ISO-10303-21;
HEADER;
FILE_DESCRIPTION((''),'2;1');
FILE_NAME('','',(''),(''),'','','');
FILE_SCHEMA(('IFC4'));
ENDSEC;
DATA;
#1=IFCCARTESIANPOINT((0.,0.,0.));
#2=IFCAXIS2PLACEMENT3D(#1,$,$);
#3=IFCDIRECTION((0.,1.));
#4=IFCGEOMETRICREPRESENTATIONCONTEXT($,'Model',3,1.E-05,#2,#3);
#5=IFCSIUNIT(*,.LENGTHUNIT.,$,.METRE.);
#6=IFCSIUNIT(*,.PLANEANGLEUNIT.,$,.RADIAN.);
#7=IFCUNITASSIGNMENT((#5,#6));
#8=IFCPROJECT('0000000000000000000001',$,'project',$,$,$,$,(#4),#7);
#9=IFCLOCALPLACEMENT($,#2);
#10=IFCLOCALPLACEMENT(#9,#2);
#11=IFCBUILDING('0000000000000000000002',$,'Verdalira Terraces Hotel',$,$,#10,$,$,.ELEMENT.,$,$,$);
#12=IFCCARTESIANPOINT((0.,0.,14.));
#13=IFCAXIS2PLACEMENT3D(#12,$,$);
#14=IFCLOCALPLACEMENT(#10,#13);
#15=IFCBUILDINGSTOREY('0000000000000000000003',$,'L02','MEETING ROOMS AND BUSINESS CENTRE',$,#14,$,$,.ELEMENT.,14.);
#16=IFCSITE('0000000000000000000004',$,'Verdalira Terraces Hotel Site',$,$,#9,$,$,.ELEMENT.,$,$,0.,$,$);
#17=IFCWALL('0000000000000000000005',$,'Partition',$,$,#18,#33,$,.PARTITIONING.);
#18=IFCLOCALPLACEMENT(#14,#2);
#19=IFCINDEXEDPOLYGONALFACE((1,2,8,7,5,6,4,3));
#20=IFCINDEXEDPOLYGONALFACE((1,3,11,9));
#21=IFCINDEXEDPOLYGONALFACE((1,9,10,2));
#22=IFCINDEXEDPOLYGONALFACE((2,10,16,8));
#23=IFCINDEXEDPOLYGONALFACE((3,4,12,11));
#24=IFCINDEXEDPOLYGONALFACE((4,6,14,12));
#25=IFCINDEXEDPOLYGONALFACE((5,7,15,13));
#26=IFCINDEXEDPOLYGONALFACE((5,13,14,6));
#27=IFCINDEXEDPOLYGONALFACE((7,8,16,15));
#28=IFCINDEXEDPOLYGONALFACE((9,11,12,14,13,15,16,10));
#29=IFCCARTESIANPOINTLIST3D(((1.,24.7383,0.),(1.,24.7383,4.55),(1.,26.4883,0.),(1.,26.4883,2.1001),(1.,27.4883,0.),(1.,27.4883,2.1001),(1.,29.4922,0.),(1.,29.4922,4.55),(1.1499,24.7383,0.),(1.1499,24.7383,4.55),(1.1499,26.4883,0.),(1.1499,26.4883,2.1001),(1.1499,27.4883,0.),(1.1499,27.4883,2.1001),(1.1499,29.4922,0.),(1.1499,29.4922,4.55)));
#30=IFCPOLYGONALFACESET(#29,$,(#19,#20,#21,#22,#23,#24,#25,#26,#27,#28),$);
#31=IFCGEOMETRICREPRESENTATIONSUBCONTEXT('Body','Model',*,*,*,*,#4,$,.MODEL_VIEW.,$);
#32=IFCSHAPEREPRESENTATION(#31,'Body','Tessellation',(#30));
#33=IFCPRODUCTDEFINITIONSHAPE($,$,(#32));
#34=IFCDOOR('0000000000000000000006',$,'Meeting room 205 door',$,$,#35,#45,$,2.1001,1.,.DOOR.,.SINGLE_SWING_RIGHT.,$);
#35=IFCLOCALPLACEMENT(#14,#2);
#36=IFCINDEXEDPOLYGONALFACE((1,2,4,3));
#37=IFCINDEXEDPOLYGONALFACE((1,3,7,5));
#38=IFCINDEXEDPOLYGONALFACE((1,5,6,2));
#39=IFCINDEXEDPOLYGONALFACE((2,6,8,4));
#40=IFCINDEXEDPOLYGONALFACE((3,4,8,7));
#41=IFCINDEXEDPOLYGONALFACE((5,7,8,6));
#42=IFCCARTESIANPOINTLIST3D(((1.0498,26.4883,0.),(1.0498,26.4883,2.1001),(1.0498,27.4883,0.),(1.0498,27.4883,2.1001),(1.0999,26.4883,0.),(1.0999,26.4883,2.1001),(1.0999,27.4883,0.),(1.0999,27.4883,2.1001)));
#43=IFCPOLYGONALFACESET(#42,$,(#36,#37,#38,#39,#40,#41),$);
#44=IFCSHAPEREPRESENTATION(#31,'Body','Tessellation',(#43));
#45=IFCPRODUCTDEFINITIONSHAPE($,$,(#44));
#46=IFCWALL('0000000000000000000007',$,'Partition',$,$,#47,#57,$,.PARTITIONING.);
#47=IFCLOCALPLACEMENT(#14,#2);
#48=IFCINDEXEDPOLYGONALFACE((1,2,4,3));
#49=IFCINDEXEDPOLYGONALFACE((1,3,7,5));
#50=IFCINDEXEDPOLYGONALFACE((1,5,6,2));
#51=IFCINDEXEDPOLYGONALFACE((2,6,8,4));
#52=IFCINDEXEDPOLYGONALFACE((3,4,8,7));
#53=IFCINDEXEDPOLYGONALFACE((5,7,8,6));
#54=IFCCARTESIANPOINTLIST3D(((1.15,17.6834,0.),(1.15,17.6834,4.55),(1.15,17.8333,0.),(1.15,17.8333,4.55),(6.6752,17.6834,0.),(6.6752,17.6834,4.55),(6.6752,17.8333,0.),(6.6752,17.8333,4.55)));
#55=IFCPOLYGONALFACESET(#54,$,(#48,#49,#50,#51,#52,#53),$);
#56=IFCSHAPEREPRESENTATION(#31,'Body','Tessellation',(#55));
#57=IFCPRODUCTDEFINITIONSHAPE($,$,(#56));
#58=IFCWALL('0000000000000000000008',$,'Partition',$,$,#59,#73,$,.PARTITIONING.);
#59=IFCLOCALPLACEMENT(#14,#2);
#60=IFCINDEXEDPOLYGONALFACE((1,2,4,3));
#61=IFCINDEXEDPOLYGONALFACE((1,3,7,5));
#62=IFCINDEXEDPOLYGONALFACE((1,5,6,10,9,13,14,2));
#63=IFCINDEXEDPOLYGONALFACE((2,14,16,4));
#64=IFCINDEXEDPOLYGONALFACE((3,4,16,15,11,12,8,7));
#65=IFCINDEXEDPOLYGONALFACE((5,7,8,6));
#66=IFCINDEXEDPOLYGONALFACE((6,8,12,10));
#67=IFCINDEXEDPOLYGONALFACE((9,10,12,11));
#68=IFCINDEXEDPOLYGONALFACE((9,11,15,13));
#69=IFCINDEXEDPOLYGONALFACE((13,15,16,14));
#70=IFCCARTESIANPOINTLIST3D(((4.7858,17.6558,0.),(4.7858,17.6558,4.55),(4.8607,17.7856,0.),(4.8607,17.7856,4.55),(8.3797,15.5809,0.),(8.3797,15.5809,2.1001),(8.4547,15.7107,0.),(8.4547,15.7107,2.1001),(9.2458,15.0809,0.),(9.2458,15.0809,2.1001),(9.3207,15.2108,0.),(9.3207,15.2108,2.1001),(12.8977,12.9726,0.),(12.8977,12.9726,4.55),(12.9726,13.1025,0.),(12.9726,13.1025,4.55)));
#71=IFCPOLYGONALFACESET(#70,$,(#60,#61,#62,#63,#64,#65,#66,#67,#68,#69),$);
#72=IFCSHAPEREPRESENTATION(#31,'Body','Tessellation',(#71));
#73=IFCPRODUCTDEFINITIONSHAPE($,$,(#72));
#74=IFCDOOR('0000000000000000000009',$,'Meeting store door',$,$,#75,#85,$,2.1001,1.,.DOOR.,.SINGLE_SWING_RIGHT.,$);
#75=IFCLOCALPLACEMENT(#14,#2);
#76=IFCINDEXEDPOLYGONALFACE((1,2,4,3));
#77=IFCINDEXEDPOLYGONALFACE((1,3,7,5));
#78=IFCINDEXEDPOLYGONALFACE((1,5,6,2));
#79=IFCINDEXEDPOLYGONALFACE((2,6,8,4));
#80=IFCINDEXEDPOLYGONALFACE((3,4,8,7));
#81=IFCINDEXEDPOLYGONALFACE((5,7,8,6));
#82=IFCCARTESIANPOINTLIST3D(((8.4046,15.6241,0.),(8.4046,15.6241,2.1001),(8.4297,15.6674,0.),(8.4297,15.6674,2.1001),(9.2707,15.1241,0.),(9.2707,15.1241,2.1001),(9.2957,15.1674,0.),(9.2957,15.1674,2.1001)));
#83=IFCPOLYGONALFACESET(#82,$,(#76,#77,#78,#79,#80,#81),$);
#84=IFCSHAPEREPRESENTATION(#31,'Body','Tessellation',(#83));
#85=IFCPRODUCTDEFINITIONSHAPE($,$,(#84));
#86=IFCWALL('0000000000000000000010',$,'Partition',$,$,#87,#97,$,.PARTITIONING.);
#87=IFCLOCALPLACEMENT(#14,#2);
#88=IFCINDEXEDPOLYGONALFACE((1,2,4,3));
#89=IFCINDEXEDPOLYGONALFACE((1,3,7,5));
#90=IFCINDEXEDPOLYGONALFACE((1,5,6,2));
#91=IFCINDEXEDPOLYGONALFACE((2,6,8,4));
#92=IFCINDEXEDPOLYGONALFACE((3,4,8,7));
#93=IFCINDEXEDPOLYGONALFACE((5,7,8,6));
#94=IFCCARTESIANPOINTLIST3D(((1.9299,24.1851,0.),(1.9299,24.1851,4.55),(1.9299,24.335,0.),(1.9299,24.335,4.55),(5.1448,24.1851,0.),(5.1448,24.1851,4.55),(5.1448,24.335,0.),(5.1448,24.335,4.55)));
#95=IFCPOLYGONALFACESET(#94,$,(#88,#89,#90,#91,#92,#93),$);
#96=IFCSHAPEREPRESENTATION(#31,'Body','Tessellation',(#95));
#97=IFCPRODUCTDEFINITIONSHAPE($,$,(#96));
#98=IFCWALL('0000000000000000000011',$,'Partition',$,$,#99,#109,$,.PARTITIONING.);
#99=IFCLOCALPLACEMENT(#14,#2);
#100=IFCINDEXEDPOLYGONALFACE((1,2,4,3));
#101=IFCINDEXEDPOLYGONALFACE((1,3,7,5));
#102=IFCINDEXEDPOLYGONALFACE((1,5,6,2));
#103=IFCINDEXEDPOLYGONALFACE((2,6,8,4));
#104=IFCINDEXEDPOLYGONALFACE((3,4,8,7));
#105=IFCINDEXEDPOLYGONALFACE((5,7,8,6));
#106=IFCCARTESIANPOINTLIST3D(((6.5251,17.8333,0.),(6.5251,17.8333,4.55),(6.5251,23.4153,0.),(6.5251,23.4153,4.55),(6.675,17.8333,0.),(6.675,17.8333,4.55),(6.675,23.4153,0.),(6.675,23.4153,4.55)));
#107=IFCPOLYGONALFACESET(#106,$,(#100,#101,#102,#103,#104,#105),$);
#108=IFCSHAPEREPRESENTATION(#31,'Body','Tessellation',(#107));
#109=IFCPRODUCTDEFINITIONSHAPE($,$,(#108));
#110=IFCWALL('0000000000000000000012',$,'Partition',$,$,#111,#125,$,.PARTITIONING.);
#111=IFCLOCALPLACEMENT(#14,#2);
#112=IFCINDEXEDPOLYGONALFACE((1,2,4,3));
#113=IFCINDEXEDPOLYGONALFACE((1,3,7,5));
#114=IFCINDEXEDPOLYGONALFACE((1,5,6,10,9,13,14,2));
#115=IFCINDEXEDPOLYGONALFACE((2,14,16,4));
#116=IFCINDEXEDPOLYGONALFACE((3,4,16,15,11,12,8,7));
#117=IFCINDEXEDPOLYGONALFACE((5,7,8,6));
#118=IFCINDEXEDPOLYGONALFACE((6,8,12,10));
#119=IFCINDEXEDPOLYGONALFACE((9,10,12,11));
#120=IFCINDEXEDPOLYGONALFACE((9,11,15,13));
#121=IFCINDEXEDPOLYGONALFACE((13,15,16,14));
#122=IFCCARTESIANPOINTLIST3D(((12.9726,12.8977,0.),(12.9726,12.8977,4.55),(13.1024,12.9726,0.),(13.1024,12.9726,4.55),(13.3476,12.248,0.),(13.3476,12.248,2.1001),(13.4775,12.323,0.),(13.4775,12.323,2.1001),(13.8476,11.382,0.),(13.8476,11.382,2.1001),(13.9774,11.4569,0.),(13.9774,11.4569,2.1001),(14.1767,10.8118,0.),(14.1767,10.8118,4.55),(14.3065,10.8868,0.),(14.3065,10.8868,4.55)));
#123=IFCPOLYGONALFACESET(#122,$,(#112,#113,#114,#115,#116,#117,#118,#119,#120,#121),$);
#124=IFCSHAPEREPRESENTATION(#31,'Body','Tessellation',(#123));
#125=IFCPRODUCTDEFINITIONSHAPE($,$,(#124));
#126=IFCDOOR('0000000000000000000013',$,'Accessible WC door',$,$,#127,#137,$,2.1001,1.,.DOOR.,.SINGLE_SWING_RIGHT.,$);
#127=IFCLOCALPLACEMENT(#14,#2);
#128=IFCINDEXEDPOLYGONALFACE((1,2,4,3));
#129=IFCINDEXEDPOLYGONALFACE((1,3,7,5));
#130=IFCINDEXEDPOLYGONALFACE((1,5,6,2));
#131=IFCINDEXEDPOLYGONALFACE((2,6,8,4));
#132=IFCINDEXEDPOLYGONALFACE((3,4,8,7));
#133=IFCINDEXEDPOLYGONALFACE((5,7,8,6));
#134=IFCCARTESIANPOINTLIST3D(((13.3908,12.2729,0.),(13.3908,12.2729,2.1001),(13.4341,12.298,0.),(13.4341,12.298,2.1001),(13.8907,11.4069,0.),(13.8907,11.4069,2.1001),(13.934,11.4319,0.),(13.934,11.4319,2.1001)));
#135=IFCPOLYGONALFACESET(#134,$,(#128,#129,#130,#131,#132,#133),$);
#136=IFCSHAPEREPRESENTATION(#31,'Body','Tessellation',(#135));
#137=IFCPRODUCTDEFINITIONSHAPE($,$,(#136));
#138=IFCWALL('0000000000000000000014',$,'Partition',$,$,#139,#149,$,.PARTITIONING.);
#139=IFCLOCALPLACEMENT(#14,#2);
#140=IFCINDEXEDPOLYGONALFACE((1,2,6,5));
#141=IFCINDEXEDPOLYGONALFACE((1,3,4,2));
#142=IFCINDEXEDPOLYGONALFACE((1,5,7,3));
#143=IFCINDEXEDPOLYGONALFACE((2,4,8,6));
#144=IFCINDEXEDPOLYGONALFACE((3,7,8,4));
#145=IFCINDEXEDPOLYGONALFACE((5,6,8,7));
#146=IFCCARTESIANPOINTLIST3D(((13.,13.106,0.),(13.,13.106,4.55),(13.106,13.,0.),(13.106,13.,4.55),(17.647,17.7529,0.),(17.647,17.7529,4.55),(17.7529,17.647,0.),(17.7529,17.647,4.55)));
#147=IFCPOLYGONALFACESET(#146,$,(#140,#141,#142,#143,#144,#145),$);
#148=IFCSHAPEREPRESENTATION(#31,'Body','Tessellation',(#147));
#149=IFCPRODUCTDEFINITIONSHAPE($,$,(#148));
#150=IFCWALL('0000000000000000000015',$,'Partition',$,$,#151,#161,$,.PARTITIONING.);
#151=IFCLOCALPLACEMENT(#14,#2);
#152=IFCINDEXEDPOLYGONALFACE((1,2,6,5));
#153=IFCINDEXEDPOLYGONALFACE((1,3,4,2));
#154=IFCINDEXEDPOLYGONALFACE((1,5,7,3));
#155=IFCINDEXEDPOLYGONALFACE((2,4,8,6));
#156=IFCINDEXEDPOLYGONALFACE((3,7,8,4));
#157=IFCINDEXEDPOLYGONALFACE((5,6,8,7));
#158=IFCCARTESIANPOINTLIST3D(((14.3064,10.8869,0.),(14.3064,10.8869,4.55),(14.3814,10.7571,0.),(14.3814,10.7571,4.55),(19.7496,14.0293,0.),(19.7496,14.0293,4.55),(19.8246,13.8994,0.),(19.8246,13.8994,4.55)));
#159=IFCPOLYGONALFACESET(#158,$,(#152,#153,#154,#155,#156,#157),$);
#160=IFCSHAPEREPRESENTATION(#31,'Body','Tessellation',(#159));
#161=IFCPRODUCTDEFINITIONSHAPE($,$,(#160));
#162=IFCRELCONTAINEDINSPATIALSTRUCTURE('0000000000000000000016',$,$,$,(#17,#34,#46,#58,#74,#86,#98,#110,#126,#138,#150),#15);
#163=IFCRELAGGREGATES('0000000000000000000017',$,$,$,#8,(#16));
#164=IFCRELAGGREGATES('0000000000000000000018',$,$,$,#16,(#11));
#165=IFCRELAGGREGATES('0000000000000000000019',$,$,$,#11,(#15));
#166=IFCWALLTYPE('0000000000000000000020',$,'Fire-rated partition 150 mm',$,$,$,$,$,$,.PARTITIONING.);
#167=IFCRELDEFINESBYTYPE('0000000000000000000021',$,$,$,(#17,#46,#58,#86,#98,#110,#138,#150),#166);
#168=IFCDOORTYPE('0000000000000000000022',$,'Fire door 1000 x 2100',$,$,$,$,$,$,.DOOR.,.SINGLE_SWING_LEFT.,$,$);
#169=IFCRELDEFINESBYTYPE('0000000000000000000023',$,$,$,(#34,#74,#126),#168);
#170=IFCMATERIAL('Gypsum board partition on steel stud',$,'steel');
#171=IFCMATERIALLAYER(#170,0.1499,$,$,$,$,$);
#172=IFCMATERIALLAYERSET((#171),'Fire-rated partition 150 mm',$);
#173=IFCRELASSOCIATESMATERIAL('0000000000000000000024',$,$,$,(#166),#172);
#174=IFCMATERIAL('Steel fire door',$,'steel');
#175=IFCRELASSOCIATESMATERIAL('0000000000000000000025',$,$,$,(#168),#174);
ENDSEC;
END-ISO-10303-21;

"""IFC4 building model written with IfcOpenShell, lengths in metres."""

from ifc_helpers import new_model, si_unit, direction, frame, frame_2d, origin, place, context, subcontext, project, spatial, rectangle, extrude, material, layer, layer_set, type_object, element, fill, save


model = new_model("IFC4")

# Units and contexts
model_context = context("Model", 3, precision=1e-05, world=origin(), true_north=direction((0.0, 1.0)))
body_context = subcontext(model_context, "Body", "Model", "MODEL_VIEW")
ifc_project = project(units=[si_unit("LENGTHUNIT", "METRE"), si_unit("PLANEANGLEUNIT", "RADIAN")], contexts=[model_context])

# Site, building, storey
site_placement = place(None, origin())
site = spatial("IfcSite", under=ifc_project, at=site_placement, Name="Verdalira Terraces Hotel Site", CompositionType="ELEMENT", RefElevation=0.0)
building_placement = place(site_placement, origin())
building = spatial("IfcBuilding", under=site, at=building_placement, Name="Verdalira Terraces Hotel", CompositionType="ELEMENT")
storey_placement = place(building_placement, frame((0.0, 0.0, 14.0)))
storey = spatial("IfcBuildingStorey", under=building, at=storey_placement, Name="L02", Description="MEETING ROOMS AND BUSINESS CENTRE", CompositionType="ELEMENT", Elevation=14.0)

# Wall, opening, door
ifc_material_1 = material(Name="Gypsum board partition on steel stud", Category="steel")
ifc_layer_1 = layer(ifc_material_1, 0.1499)
ifc_layer_set_1 = layer_set([ifc_layer_1], Name="Fire-rated partition 150 mm")
wall_type_1 = type_object("IfcWallType", Name="Fire-rated partition 150 mm", PredefinedType="PARTITIONING", material=ifc_layer_set_1)
ifc_material_2 = material(Name="Steel fire door", Category="steel")
door_type_1 = type_object("IfcDoorType", Name="Fire door 1000 x 2100", OperationType="SINGLE_SWING_LEFT", PredefinedType="DOOR", material=ifc_material_2)
wall_1_placement = place(storey_placement, frame((1.075, 29.4922, 0.0), z_axis=(0.0, 0.0, 1.0), x_axis=(0.0, -1.0, 0.0)))
wall_1 = element("IfcWall", 1, at=wall_1_placement, inside=storey, type_object=wall_type_1, Name="Partition", PredefinedType="PARTITIONING", context=body_context, shape_type="SweptSolid", body=[
    extrude(rectangle(XDim=4.7539, YDim=0.1499, at=frame_2d((2.377, 0.0))), origin(), (0.0, 0.0, 1.0), 4.55),
])
opening_1_placement = place(wall_1_placement, frame((2.0039, 0.0, 0.0)))
opening_1 = element("IfcOpeningElement", 2, at=opening_1_placement, cuts=wall_1, PredefinedType="OPENING", context=body_context, shape_type="SweptSolid", body=[
    extrude(rectangle(XDim=1.0, YDim=2.1001, at=frame_2d((0.5, 1.05))), frame((0.0, 0.085, 0.0), z_axis=(0.0, -1.0, 0.0), x_axis=(1.0, 0.0, 0.0)), (0.0, 0.0, 1.0), 0.1699),
])
door_1_placement = place(opening_1_placement, origin())
door_1 = element("IfcDoor", 3, at=door_1_placement, inside=storey, type_object=door_type_1, Name="Meeting room 205 door", OperationType="SINGLE_SWING_RIGHT", OverallHeight=2.1001, OverallWidth=1.0, PredefinedType="DOOR", context=body_context, shape_type="SweptSolid", body=[
    extrude(rectangle(XDim=1.0, YDim=2.1001, at=frame_2d((0.5, 1.05))), frame((0.0, 0.0249, 0.0), z_axis=(0.0, -1.0, 0.0), x_axis=(1.0, 0.0, 0.0)), (0.0, 0.0, 1.0), 0.05),
])
fill(opening_1, door_1)

# Wall
wall_2_placement = place(storey_placement, frame((1.1499, 17.7583, 0.0), z_axis=(0.0, 0.0, 1.0), x_axis=(1.0, 0.0, 0.0)))
element("IfcWall", 4, at=wall_2_placement, inside=storey, type_object=wall_type_1, Name="Partition", PredefinedType="PARTITIONING", context=body_context, shape_type="SweptSolid", body=[
    extrude(rectangle(XDim=5.5251, YDim=0.1499, at=frame_2d((2.7627, 0.0))), origin(), (0.0, 0.0, 1.0), 4.55),
])

# Wall, opening, door
wall_3_placement = place(storey_placement, frame((4.8232, 17.7207, 0.0), z_axis=(0.0, 0.0, 1.0), x_axis=(0.866037, -0.49998, 0.0)))
wall_3 = element("IfcWall", 5, at=wall_3_placement, inside=storey, type_object=wall_type_1, Name="Partition", PredefinedType="PARTITIONING", context=body_context, shape_type="SweptSolid", body=[
    extrude(rectangle(XDim=9.3667, YDim=0.1499, at=frame_2d((4.6833, 0.0))), origin(), (0.0, 0.0, 1.0), 4.55),
])
opening_2_placement = place(wall_3_placement, frame((4.1499, 0.0, 0.0)))
opening_2 = element("IfcOpeningElement", 6, at=opening_2_placement, cuts=wall_3, PredefinedType="OPENING", context=body_context, shape_type="SweptSolid", body=[
    extrude(rectangle(XDim=1.0, YDim=2.1001, at=frame_2d((0.5, 1.05))), frame((0.0, 0.085, 0.0), z_axis=(0.0, -1.0, 0.0), x_axis=(1.0, 0.0, 0.0)), (0.0, 0.0, 1.0), 0.1699),
])
door_2_placement = place(opening_2_placement, origin())
door_2 = element("IfcDoor", 7, at=door_2_placement, inside=storey, type_object=door_type_1, Name="Meeting store door", OperationType="SINGLE_SWING_RIGHT", OverallHeight=2.1001, OverallWidth=1.0, PredefinedType="DOOR", context=body_context, shape_type="SweptSolid", body=[
    extrude(rectangle(XDim=1.0, YDim=2.1001, at=frame_2d((0.5, 1.05))), frame((0.0, 0.0249, 0.0), z_axis=(0.0, -1.0, 0.0), x_axis=(1.0, 0.0, 0.0)), (0.0, 0.0, 1.0), 0.05),
])
fill(opening_2, door_2)

# Walls
wall_4_placement = place(storey_placement, frame((5.1448, 24.26, 0.0), z_axis=(0.0, 0.0, 1.0), x_axis=(-1.0, 0.0, 0.0)))
element("IfcWall", 8, at=wall_4_placement, inside=storey, type_object=wall_type_1, Name="Partition", PredefinedType="PARTITIONING", context=body_context, shape_type="SweptSolid", body=[
    extrude(rectangle(XDim=3.2148, YDim=0.1499, at=frame_2d((1.6074, 0.0))), origin(), (0.0, 0.0, 1.0), 4.55),
])
wall_5_placement = place(storey_placement, frame((6.6001, 17.8333, 0.0), z_axis=(0.0, 0.0, 1.0), x_axis=(0.0, 1.0, 0.0)))
element("IfcWall", 9, at=wall_5_placement, inside=storey, type_object=wall_type_1, Name="Partition", PredefinedType="PARTITIONING", context=body_context, shape_type="SweptSolid", body=[
    extrude(rectangle(XDim=5.582, YDim=0.1499, at=frame_2d((2.791, 0.0))), origin(), (0.0, 0.0, 1.0), 4.55),
])

# Wall, opening, door
wall_6_placement = place(storey_placement, frame((13.0376, 12.9351, 0.0), z_axis=(0.0, 0.0, 1.0), x_axis=(0.499933, -0.866064, 0.0)))
wall_6 = element("IfcWall", 10, at=wall_6_placement, inside=storey, type_object=wall_type_1, Name="Partition", PredefinedType="PARTITIONING", context=body_context, shape_type="SweptSolid", body=[
    extrude(rectangle(XDim=2.4084, YDim=0.1499, at=frame_2d((1.2041, 0.0))), origin(), (0.0, 0.0, 1.0), 4.55),
])
opening_3_placement = place(wall_6_placement, frame((0.75, 0.0, 0.0)))
opening_3 = element("IfcOpeningElement", 11, at=opening_3_placement, cuts=wall_6, PredefinedType="OPENING", context=body_context, shape_type="SweptSolid", body=[
    extrude(rectangle(XDim=1.0, YDim=2.1001, at=frame_2d((0.5, 1.05))), frame((0.0, 0.085, 0.0), z_axis=(0.0, -1.0, 0.0), x_axis=(1.0, 0.0, 0.0)), (0.0, 0.0, 1.0), 0.1699),
])
door_3_placement = place(opening_3_placement, origin())
door_3 = element("IfcDoor", 12, at=door_3_placement, inside=storey, type_object=door_type_1, Name="Accessible WC door", OperationType="SINGLE_SWING_RIGHT", OverallHeight=2.1001, OverallWidth=1.0, PredefinedType="DOOR", context=body_context, shape_type="SweptSolid", body=[
    extrude(rectangle(XDim=1.0, YDim=2.1001, at=frame_2d((0.5, 1.05))), frame((0.0, 0.0249, 0.0), z_axis=(0.0, -1.0, 0.0), x_axis=(1.0, 0.0, 0.0)), (0.0, 0.0, 1.0), 0.05),
])
fill(opening_3, door_3)

# Walls
wall_7_placement = place(storey_placement, frame((17.7, 17.7, 0.0), z_axis=(0.0, 0.0, 1.0), x_axis=(-0.707107, -0.707107, 0.0)))
element("IfcWall", 13, at=wall_7_placement, inside=storey, type_object=wall_type_1, Name="Partition", PredefinedType="PARTITIONING", context=body_context, shape_type="SweptSolid", body=[
    extrude(rectangle(XDim=6.5718, YDim=0.1499, at=frame_2d((3.2859, 0.0))), origin(), (0.0, 0.0, 1.0), 4.55),
])
wall_8_placement = place(storey_placement, frame((19.7871, 13.9644, 0.0), z_axis=(0.0, 0.0, 1.0), x_axis=(-0.866043, -0.49997, 0.0)))
element("IfcWall", 14, at=wall_8_placement, inside=storey, type_object=wall_type_1, Name="Partition", PredefinedType="PARTITIONING", context=body_context, shape_type="SweptSolid", body=[
    extrude(rectangle(XDim=6.2852, YDim=0.1499, at=frame_2d((3.1426, 0.0))), origin(), (0.0, 0.0, 1.0), 4.55),
])

save(model, "model.ifc")
